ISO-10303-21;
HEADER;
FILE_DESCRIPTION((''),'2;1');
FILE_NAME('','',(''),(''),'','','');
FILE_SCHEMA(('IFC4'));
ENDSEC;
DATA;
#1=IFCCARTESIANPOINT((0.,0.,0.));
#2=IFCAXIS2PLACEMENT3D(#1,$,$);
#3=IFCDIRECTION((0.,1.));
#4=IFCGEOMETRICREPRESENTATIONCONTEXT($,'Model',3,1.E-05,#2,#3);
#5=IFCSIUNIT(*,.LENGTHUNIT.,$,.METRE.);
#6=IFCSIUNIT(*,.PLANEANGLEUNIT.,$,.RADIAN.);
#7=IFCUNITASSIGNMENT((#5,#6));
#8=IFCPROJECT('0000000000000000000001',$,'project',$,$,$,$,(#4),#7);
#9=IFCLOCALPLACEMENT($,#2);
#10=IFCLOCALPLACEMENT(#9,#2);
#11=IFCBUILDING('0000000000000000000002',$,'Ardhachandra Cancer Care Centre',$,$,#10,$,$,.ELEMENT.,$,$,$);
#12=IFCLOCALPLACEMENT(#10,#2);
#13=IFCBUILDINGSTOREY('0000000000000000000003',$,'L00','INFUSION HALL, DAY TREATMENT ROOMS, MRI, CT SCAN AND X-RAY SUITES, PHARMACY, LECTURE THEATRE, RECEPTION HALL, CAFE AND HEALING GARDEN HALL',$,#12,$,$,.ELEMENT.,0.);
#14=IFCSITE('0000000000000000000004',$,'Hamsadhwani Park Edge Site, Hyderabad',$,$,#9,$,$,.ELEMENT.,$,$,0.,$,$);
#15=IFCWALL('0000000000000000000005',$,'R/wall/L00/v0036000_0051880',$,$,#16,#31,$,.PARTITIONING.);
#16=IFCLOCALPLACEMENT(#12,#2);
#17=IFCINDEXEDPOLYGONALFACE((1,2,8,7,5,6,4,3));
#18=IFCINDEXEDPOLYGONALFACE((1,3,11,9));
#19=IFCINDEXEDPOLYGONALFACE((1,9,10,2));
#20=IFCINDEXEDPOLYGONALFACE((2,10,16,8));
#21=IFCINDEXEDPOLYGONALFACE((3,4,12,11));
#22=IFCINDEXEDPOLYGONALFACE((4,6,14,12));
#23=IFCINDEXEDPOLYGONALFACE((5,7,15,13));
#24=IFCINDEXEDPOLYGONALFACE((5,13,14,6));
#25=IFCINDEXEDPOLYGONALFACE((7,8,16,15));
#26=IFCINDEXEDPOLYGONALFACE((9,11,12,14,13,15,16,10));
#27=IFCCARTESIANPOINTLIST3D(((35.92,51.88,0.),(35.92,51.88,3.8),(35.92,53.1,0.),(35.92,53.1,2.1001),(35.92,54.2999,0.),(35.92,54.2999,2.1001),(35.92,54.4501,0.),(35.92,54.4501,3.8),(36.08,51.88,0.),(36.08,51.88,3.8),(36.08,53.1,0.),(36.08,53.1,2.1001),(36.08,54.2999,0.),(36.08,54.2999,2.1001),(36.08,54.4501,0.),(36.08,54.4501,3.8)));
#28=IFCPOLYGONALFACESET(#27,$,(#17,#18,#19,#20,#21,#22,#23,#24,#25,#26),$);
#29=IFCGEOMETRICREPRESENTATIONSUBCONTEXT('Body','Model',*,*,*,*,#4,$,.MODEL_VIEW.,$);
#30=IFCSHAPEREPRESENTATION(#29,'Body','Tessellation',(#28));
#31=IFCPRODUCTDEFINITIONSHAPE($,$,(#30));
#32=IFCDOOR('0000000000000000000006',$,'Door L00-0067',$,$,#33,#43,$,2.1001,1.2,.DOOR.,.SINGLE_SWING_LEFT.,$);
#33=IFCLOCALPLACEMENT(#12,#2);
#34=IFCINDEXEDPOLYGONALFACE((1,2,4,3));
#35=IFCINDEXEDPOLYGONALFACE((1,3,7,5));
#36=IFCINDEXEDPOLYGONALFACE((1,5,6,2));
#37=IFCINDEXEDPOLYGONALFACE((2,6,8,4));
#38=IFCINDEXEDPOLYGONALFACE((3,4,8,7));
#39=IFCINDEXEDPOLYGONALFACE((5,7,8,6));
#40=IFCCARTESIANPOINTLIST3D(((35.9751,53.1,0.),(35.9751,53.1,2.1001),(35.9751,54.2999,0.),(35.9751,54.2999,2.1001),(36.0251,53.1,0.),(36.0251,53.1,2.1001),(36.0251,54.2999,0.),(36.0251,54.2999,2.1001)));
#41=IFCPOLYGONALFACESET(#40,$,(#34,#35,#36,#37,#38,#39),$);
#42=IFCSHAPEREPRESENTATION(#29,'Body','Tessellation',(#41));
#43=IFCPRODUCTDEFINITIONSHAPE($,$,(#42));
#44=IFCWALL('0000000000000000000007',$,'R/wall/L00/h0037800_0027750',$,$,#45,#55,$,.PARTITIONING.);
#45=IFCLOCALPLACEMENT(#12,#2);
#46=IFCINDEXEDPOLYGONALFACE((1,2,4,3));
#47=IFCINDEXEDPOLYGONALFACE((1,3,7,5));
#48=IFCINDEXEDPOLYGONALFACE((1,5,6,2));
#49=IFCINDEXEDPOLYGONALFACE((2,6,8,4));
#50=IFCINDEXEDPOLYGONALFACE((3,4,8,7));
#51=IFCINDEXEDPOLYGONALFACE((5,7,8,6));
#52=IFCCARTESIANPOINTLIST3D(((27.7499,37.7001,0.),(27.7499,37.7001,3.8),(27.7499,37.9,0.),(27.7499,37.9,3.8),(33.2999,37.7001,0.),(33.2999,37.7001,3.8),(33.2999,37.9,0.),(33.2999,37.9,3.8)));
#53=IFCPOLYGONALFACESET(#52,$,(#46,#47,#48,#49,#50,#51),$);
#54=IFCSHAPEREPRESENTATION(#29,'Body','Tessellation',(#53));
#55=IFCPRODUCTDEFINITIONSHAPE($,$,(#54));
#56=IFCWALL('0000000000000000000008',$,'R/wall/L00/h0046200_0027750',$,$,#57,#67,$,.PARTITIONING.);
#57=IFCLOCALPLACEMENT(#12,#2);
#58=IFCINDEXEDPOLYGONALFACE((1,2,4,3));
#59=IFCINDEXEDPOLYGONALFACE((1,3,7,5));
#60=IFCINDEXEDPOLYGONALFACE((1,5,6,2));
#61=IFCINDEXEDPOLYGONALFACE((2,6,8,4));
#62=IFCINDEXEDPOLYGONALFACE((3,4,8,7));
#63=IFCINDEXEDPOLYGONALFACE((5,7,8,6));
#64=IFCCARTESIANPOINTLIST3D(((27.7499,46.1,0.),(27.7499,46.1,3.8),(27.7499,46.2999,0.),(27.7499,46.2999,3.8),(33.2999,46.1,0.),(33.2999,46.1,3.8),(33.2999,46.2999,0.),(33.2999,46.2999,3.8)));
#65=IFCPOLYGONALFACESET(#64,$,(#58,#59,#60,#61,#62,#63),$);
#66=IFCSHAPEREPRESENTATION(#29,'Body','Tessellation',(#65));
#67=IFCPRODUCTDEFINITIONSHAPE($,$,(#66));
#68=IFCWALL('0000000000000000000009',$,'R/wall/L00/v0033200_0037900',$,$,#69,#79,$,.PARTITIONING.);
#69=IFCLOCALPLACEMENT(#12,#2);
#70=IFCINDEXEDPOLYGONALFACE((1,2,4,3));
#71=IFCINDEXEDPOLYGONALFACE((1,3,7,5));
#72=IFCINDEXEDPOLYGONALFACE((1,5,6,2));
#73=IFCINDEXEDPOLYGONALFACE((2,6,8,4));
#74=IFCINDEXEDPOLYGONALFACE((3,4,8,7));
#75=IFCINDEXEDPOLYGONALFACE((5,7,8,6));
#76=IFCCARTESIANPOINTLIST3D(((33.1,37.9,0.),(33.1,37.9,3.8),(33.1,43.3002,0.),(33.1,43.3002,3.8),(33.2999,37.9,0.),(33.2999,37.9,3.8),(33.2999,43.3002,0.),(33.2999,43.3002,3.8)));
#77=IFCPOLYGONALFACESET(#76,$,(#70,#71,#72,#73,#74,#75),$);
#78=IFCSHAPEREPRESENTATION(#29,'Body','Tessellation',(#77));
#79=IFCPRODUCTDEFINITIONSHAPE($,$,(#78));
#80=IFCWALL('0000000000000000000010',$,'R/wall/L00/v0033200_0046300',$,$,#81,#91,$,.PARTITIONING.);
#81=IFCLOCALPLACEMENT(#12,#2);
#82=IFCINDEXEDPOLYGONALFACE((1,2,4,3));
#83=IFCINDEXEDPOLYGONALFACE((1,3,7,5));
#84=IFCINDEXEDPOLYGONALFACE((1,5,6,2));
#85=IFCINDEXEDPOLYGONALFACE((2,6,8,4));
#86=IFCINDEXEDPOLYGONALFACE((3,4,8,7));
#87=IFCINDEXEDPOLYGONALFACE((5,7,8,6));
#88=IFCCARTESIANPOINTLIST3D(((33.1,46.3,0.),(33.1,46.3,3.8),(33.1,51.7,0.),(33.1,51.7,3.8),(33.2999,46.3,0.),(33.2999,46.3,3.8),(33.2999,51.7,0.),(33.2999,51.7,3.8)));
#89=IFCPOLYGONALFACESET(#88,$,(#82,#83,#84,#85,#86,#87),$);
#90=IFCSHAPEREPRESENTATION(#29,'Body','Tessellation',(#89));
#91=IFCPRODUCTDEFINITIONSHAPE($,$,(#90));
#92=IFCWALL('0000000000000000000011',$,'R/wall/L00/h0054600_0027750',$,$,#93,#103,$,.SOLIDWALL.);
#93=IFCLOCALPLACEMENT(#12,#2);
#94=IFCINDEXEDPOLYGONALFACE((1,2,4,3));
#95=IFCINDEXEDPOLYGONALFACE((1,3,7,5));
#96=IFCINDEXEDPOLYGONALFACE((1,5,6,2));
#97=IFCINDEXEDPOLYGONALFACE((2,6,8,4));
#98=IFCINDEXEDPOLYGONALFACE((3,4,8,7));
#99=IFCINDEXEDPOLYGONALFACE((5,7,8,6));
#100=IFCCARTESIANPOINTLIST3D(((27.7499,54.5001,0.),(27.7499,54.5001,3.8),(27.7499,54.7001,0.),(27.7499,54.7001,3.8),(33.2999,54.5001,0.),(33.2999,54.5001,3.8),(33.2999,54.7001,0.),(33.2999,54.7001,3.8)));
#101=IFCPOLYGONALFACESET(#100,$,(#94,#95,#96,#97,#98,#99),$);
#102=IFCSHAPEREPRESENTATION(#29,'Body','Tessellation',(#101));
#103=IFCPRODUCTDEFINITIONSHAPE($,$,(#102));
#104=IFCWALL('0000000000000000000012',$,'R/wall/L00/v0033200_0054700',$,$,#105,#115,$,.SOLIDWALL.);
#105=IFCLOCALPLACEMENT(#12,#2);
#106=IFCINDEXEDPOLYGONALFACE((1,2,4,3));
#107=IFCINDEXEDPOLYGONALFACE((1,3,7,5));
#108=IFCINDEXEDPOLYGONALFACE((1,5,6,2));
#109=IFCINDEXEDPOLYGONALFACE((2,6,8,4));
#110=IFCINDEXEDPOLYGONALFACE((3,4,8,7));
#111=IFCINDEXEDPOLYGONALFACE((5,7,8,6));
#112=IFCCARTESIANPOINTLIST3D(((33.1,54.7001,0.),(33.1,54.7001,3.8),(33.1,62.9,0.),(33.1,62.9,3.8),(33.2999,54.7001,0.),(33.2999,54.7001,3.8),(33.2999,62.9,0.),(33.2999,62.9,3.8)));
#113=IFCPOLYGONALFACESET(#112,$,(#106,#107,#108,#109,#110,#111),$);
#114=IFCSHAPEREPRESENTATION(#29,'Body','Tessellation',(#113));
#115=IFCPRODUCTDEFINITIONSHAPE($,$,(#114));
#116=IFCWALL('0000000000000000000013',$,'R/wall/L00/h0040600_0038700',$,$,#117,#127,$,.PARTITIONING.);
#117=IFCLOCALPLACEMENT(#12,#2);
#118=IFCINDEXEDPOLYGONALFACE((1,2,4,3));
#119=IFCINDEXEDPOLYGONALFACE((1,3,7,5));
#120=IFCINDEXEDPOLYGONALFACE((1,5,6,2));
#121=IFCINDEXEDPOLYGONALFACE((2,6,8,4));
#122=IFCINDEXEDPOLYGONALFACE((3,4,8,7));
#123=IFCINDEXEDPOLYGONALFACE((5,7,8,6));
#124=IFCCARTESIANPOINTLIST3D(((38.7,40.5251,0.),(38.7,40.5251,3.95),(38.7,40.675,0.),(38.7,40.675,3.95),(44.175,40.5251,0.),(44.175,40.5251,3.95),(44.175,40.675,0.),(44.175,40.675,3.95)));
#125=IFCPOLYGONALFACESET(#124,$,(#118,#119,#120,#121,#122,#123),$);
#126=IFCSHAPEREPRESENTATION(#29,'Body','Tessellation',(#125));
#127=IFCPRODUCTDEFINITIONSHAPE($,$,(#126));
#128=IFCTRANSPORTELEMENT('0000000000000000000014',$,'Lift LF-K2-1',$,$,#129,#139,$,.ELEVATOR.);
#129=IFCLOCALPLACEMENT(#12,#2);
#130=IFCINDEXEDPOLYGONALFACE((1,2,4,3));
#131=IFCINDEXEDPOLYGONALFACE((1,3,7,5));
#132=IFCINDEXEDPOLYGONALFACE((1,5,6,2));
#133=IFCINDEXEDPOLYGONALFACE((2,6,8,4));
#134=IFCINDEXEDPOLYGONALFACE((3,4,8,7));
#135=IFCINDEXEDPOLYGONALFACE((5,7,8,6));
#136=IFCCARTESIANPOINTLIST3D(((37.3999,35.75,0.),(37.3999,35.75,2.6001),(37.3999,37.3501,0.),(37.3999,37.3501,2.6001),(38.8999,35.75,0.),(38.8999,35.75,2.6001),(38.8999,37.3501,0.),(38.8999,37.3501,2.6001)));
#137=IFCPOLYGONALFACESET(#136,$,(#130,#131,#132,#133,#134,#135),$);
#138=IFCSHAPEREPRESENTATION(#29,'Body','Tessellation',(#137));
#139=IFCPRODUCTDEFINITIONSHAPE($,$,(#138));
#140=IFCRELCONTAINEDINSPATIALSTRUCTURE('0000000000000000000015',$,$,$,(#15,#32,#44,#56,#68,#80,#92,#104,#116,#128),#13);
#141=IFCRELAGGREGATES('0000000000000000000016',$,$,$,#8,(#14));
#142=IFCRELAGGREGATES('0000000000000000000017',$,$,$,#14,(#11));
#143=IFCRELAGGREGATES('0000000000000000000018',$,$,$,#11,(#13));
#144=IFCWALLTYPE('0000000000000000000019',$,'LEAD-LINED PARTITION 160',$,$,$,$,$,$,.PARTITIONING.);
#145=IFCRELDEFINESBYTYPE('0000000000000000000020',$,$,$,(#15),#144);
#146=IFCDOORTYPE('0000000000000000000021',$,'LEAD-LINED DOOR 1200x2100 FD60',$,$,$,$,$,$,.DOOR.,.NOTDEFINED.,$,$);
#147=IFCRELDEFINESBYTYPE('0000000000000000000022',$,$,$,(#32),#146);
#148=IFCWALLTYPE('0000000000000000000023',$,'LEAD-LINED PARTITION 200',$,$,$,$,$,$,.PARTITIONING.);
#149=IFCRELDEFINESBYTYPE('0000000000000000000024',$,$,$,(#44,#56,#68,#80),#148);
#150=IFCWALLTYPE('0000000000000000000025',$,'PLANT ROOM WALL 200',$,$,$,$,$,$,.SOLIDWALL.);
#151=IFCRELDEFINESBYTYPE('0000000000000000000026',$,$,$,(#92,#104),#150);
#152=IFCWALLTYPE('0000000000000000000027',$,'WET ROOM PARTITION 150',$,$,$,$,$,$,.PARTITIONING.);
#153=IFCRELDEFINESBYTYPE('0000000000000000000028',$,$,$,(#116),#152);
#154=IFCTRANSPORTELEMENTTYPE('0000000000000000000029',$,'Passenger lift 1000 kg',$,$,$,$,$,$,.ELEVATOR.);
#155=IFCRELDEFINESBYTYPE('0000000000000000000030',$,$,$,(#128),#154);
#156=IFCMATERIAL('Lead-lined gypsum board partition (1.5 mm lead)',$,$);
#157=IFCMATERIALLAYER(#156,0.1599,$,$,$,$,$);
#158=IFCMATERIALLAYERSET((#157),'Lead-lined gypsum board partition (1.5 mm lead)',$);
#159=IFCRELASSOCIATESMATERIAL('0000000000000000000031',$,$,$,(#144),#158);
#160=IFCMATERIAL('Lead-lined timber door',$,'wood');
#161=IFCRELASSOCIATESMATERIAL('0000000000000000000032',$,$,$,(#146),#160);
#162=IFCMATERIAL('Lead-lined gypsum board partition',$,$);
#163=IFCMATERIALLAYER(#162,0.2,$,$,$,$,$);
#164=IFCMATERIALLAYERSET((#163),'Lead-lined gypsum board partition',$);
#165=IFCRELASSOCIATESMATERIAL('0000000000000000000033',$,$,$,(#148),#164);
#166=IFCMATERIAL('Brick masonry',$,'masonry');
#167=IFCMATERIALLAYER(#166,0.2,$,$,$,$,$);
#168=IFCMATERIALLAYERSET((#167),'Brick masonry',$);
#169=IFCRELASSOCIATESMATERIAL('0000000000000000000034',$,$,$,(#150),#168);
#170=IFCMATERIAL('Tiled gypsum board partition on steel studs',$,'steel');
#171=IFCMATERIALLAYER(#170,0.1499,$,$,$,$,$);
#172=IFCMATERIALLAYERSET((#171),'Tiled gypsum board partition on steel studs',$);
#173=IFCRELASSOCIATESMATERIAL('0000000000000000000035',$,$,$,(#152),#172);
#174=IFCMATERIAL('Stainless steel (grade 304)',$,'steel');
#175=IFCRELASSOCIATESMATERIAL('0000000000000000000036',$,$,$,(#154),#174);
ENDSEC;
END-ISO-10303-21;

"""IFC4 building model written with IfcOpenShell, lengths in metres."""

from ifc_helpers import new_model, si_unit, direction, frame, frame_2d, origin, origin_2d, place, context, subcontext, project, spatial, rectangle, extrude, material, layer, layer_set, type_object, element, fill, save


model = new_model("IFC4")

# Units and contexts
model_context = context("Model", 3, precision=1e-05, world=origin(), true_north=direction((0.0, 1.0)))
body_context = subcontext(model_context, "Body", "Model", "MODEL_VIEW")
ifc_project = project(units=[si_unit("LENGTHUNIT", "METRE"), si_unit("PLANEANGLEUNIT", "RADIAN")], contexts=[model_context])

# Site, building, storey
site_placement = place(None, origin())
site = spatial("IfcSite", under=ifc_project, at=site_placement, Name="Hamsadhwani Park Edge Site, Hyderabad", CompositionType="ELEMENT", RefElevation=0.0)
building_placement = place(site_placement, origin())
building = spatial("IfcBuilding", under=site, at=building_placement, Name="Ardhachandra Cancer Care Centre", CompositionType="ELEMENT")
storey_placement = place(building_placement, origin())
storey = spatial("IfcBuildingStorey", under=building, at=storey_placement, Name="L00", Description="INFUSION HALL, DAY TREATMENT ROOMS, MRI, CT SCAN AND X-RAY SUITES, PHARMACY, LECTURE THEATRE, RECEPTION HALL, CAFE AND HEALING GARDEN HALL", CompositionType="ELEMENT", Elevation=0.0)

# Shared definitions
ifc_material_1 = material(Name="Lead-lined gypsum board partition (1.5 mm lead)")
ifc_layer_1 = layer(ifc_material_1, 0.1599)
ifc_layer_set_1 = layer_set([ifc_layer_1], Name="Lead-lined gypsum board partition (1.5 mm lead)")
wall_type_1 = type_object("IfcWallType", Name="LEAD-LINED PARTITION 160", PredefinedType="PARTITIONING", material=ifc_layer_set_1)

# Shared definitions
ifc_material_2 = material(Name="Lead-lined timber door", Category="wood")
door_type_1 = type_object("IfcDoorType", Name="LEAD-LINED DOOR 1200x2100 FD60", OperationType="NOTDEFINED", PredefinedType="DOOR", material=ifc_material_2)

# Wall, opening, door
wall_1_placement = place(storey_placement, frame((36.0, 51.8799, 0.0), z_axis=(0.0, 0.0, 1.0), x_axis=(0.0, 1.0, 0.0)))
wall_1 = element("IfcWall", 1, at=wall_1_placement, inside=storey, type_object=wall_type_1, Name="R/wall/L00/v0036000_0051880", PredefinedType="PARTITIONING", context=body_context, shape_type="SweptSolid", body=[
    extrude(rectangle(XDim=2.5701, YDim=0.1599, at=frame_2d((1.2852, 0.0))), origin(), (0.0, 0.0, 1.0), 3.8),
])
opening_1_placement = place(wall_1_placement, frame((1.22, 0.0, 0.0)))
opening_1 = element("IfcOpeningElement", 2, at=opening_1_placement, cuts=wall_1, PredefinedType="OPENING", context=body_context, shape_type="SweptSolid", body=[
    extrude(rectangle(XDim=1.2, YDim=2.1001, at=frame_2d((0.6001, 1.05))), frame((0.0, 0.0898, 0.0), z_axis=(0.0, -1.0, 0.0), x_axis=(1.0, 0.0, 0.0)), (0.0, 0.0, 1.0), 0.1799),
])
door_1_placement = place(opening_1_placement, origin())
door_1 = element("IfcDoor", 3, at=door_1_placement, inside=storey, type_object=door_type_1, Name="Door L00-0067", OperationType="SINGLE_SWING_LEFT", OverallHeight=2.1001, OverallWidth=1.2, PredefinedType="DOOR", context=body_context, shape_type="SweptSolid", body=[
    extrude(rectangle(XDim=1.2, YDim=2.1001, at=frame_2d((0.6001, 1.05))), frame((0.0, 0.0249, 0.0), z_axis=(0.0, -1.0, 0.0), x_axis=(1.0, 0.0, 0.0)), (0.0, 0.0, 1.0), 0.05),
])
fill(opening_1, door_1)

# Walls
ifc_material_3 = material(Name="Lead-lined gypsum board partition")
ifc_layer_2 = layer(ifc_material_3, 0.2)
ifc_layer_set_2 = layer_set([ifc_layer_2], Name="Lead-lined gypsum board partition")
wall_type_2 = type_object("IfcWallType", Name="LEAD-LINED PARTITION 200", PredefinedType="PARTITIONING", material=ifc_layer_set_2)
for number, where, z_axis, x_axis, name in (
    (4, (27.75, 37.8, 0.0), (0.0, 0.0, 1.0), (1.0, 0.0, 0.0), "R/wall/L00/h0037800_0027750"),
    (5, (27.75, 46.2, 0.0), (0.0, 0.0, 1.0), (1.0, 0.0, 0.0), "R/wall/L00/h0046200_0027750"),
):
    element("IfcWall", number, at=place(storey_placement, frame(where, z_axis=z_axis, x_axis=x_axis)), inside=storey, type_object=wall_type_2, Name=name, PredefinedType="PARTITIONING", context=body_context, shape_type="SweptSolid", body=[
        extrude(rectangle(XDim=5.55, YDim=0.2, at=frame_2d((2.7749, 0.0))), origin(), (0.0, 0.0, 1.0), 3.8),
    ])
wall_2_placement = place(storey_placement, frame((33.2, 37.8999, 0.0), z_axis=(0.0, 0.0, 1.0), x_axis=(0.0, 1.0, 0.0)))
element("IfcWall", 6, at=wall_2_placement, inside=storey, type_object=wall_type_2, Name="R/wall/L00/v0033200_0037900", PredefinedType="PARTITIONING", context=body_context, shape_type="SweptSolid", body=[
    extrude(rectangle(XDim=5.4001, YDim=0.2, at=frame_2d((2.7002, 0.0))), origin(), (0.0, 0.0, 1.0), 3.8),
])
wall_3_placement = place(storey_placement, frame((33.2, 46.3, 0.0), z_axis=(0.0, 0.0, 1.0), x_axis=(0.0, 1.0, 0.0)))
element("IfcWall", 7, at=wall_3_placement, inside=storey, type_object=wall_type_2, Name="R/wall/L00/v0033200_0046300", PredefinedType="PARTITIONING", context=body_context, shape_type="SweptSolid", body=[
    extrude(rectangle(XDim=5.3999, YDim=0.2, at=frame_2d((2.7, 0.0))), origin(), (0.0, 0.0, 1.0), 3.8),
])
ifc_material_4 = material(Name="Brick masonry", Category="masonry")
ifc_layer_3 = layer(ifc_material_4, 0.2)
ifc_layer_set_3 = layer_set([ifc_layer_3], Name="Brick masonry")
wall_type_3 = type_object("IfcWallType", Name="PLANT ROOM WALL 200", PredefinedType="SOLIDWALL", material=ifc_layer_set_3)
wall_4_placement = place(storey_placement, frame((27.75, 54.6001, 0.0), z_axis=(0.0, 0.0, 1.0), x_axis=(1.0, 0.0, 0.0)))
element("IfcWall", 8, at=wall_4_placement, inside=storey, type_object=wall_type_3, Name="R/wall/L00/h0054600_0027750", PredefinedType="SOLIDWALL", context=body_context, shape_type="SweptSolid", body=[
    extrude(rectangle(XDim=5.55, YDim=0.2, at=frame_2d((2.7749, 0.0))), origin(), (0.0, 0.0, 1.0), 3.8),
])
wall_5_placement = place(storey_placement, frame((33.2, 54.7, 0.0), z_axis=(0.0, 0.0, 1.0), x_axis=(0.0, 1.0, 0.0)))
element("IfcWall", 9, at=wall_5_placement, inside=storey, type_object=wall_type_3, Name="R/wall/L00/v0033200_0054700", PredefinedType="SOLIDWALL", context=body_context, shape_type="SweptSolid", body=[
    extrude(rectangle(XDim=8.2, YDim=0.2, at=frame_2d((4.1001, 0.0))), origin(), (0.0, 0.0, 1.0), 3.8),
])
ifc_material_5 = material(Name="Tiled gypsum board partition on steel studs", Category="steel")
ifc_layer_4 = layer(ifc_material_5, 0.1499)
ifc_layer_set_4 = layer_set([ifc_layer_4], Name="Tiled gypsum board partition on steel studs")
wall_type_4 = type_object("IfcWallType", Name="WET ROOM PARTITION 150", PredefinedType="PARTITIONING", material=ifc_layer_set_4)
wall_6_placement = place(storey_placement, frame((38.7, 40.6001, 0.0), z_axis=(0.0, 0.0, 1.0), x_axis=(1.0, 0.0, 0.0)))
element("IfcWall", 10, at=wall_6_placement, inside=storey, type_object=wall_type_4, Name="R/wall/L00/h0040600_0038700", PredefinedType="PARTITIONING", context=body_context, shape_type="SweptSolid", body=[
    extrude(rectangle(XDim=5.4751, YDim=0.1499, at=frame_2d((2.7375, 0.0))), origin(), (0.0, 0.0, 1.0), 3.95),
])

# Transport element
ifc_material_6 = material(Name="Stainless steel (grade 304)", Category="steel")
transport_element_type = type_object("IfcTransportElementType", Name="Passenger lift 1000 kg", PredefinedType="ELEVATOR", material=ifc_material_6)
transport_element_placement = place(storey_placement, frame((38.1499, 36.55, 0.0), z_axis=(0.0, 0.0, 1.0), x_axis=(1.0, 0.0, 0.0)))
element("IfcTransportElement", 11, at=transport_element_placement, inside=storey, type_object=transport_element_type, Name="Lift LF-K2-1", PredefinedType="ELEVATOR", context=body_context, shape_type="SweptSolid", body=[
    extrude(rectangle(XDim=1.5, YDim=1.6001, at=origin_2d()), origin(), (0.0, 0.0, 1.0), 2.6001),
])

save(model, "model.ifc")
